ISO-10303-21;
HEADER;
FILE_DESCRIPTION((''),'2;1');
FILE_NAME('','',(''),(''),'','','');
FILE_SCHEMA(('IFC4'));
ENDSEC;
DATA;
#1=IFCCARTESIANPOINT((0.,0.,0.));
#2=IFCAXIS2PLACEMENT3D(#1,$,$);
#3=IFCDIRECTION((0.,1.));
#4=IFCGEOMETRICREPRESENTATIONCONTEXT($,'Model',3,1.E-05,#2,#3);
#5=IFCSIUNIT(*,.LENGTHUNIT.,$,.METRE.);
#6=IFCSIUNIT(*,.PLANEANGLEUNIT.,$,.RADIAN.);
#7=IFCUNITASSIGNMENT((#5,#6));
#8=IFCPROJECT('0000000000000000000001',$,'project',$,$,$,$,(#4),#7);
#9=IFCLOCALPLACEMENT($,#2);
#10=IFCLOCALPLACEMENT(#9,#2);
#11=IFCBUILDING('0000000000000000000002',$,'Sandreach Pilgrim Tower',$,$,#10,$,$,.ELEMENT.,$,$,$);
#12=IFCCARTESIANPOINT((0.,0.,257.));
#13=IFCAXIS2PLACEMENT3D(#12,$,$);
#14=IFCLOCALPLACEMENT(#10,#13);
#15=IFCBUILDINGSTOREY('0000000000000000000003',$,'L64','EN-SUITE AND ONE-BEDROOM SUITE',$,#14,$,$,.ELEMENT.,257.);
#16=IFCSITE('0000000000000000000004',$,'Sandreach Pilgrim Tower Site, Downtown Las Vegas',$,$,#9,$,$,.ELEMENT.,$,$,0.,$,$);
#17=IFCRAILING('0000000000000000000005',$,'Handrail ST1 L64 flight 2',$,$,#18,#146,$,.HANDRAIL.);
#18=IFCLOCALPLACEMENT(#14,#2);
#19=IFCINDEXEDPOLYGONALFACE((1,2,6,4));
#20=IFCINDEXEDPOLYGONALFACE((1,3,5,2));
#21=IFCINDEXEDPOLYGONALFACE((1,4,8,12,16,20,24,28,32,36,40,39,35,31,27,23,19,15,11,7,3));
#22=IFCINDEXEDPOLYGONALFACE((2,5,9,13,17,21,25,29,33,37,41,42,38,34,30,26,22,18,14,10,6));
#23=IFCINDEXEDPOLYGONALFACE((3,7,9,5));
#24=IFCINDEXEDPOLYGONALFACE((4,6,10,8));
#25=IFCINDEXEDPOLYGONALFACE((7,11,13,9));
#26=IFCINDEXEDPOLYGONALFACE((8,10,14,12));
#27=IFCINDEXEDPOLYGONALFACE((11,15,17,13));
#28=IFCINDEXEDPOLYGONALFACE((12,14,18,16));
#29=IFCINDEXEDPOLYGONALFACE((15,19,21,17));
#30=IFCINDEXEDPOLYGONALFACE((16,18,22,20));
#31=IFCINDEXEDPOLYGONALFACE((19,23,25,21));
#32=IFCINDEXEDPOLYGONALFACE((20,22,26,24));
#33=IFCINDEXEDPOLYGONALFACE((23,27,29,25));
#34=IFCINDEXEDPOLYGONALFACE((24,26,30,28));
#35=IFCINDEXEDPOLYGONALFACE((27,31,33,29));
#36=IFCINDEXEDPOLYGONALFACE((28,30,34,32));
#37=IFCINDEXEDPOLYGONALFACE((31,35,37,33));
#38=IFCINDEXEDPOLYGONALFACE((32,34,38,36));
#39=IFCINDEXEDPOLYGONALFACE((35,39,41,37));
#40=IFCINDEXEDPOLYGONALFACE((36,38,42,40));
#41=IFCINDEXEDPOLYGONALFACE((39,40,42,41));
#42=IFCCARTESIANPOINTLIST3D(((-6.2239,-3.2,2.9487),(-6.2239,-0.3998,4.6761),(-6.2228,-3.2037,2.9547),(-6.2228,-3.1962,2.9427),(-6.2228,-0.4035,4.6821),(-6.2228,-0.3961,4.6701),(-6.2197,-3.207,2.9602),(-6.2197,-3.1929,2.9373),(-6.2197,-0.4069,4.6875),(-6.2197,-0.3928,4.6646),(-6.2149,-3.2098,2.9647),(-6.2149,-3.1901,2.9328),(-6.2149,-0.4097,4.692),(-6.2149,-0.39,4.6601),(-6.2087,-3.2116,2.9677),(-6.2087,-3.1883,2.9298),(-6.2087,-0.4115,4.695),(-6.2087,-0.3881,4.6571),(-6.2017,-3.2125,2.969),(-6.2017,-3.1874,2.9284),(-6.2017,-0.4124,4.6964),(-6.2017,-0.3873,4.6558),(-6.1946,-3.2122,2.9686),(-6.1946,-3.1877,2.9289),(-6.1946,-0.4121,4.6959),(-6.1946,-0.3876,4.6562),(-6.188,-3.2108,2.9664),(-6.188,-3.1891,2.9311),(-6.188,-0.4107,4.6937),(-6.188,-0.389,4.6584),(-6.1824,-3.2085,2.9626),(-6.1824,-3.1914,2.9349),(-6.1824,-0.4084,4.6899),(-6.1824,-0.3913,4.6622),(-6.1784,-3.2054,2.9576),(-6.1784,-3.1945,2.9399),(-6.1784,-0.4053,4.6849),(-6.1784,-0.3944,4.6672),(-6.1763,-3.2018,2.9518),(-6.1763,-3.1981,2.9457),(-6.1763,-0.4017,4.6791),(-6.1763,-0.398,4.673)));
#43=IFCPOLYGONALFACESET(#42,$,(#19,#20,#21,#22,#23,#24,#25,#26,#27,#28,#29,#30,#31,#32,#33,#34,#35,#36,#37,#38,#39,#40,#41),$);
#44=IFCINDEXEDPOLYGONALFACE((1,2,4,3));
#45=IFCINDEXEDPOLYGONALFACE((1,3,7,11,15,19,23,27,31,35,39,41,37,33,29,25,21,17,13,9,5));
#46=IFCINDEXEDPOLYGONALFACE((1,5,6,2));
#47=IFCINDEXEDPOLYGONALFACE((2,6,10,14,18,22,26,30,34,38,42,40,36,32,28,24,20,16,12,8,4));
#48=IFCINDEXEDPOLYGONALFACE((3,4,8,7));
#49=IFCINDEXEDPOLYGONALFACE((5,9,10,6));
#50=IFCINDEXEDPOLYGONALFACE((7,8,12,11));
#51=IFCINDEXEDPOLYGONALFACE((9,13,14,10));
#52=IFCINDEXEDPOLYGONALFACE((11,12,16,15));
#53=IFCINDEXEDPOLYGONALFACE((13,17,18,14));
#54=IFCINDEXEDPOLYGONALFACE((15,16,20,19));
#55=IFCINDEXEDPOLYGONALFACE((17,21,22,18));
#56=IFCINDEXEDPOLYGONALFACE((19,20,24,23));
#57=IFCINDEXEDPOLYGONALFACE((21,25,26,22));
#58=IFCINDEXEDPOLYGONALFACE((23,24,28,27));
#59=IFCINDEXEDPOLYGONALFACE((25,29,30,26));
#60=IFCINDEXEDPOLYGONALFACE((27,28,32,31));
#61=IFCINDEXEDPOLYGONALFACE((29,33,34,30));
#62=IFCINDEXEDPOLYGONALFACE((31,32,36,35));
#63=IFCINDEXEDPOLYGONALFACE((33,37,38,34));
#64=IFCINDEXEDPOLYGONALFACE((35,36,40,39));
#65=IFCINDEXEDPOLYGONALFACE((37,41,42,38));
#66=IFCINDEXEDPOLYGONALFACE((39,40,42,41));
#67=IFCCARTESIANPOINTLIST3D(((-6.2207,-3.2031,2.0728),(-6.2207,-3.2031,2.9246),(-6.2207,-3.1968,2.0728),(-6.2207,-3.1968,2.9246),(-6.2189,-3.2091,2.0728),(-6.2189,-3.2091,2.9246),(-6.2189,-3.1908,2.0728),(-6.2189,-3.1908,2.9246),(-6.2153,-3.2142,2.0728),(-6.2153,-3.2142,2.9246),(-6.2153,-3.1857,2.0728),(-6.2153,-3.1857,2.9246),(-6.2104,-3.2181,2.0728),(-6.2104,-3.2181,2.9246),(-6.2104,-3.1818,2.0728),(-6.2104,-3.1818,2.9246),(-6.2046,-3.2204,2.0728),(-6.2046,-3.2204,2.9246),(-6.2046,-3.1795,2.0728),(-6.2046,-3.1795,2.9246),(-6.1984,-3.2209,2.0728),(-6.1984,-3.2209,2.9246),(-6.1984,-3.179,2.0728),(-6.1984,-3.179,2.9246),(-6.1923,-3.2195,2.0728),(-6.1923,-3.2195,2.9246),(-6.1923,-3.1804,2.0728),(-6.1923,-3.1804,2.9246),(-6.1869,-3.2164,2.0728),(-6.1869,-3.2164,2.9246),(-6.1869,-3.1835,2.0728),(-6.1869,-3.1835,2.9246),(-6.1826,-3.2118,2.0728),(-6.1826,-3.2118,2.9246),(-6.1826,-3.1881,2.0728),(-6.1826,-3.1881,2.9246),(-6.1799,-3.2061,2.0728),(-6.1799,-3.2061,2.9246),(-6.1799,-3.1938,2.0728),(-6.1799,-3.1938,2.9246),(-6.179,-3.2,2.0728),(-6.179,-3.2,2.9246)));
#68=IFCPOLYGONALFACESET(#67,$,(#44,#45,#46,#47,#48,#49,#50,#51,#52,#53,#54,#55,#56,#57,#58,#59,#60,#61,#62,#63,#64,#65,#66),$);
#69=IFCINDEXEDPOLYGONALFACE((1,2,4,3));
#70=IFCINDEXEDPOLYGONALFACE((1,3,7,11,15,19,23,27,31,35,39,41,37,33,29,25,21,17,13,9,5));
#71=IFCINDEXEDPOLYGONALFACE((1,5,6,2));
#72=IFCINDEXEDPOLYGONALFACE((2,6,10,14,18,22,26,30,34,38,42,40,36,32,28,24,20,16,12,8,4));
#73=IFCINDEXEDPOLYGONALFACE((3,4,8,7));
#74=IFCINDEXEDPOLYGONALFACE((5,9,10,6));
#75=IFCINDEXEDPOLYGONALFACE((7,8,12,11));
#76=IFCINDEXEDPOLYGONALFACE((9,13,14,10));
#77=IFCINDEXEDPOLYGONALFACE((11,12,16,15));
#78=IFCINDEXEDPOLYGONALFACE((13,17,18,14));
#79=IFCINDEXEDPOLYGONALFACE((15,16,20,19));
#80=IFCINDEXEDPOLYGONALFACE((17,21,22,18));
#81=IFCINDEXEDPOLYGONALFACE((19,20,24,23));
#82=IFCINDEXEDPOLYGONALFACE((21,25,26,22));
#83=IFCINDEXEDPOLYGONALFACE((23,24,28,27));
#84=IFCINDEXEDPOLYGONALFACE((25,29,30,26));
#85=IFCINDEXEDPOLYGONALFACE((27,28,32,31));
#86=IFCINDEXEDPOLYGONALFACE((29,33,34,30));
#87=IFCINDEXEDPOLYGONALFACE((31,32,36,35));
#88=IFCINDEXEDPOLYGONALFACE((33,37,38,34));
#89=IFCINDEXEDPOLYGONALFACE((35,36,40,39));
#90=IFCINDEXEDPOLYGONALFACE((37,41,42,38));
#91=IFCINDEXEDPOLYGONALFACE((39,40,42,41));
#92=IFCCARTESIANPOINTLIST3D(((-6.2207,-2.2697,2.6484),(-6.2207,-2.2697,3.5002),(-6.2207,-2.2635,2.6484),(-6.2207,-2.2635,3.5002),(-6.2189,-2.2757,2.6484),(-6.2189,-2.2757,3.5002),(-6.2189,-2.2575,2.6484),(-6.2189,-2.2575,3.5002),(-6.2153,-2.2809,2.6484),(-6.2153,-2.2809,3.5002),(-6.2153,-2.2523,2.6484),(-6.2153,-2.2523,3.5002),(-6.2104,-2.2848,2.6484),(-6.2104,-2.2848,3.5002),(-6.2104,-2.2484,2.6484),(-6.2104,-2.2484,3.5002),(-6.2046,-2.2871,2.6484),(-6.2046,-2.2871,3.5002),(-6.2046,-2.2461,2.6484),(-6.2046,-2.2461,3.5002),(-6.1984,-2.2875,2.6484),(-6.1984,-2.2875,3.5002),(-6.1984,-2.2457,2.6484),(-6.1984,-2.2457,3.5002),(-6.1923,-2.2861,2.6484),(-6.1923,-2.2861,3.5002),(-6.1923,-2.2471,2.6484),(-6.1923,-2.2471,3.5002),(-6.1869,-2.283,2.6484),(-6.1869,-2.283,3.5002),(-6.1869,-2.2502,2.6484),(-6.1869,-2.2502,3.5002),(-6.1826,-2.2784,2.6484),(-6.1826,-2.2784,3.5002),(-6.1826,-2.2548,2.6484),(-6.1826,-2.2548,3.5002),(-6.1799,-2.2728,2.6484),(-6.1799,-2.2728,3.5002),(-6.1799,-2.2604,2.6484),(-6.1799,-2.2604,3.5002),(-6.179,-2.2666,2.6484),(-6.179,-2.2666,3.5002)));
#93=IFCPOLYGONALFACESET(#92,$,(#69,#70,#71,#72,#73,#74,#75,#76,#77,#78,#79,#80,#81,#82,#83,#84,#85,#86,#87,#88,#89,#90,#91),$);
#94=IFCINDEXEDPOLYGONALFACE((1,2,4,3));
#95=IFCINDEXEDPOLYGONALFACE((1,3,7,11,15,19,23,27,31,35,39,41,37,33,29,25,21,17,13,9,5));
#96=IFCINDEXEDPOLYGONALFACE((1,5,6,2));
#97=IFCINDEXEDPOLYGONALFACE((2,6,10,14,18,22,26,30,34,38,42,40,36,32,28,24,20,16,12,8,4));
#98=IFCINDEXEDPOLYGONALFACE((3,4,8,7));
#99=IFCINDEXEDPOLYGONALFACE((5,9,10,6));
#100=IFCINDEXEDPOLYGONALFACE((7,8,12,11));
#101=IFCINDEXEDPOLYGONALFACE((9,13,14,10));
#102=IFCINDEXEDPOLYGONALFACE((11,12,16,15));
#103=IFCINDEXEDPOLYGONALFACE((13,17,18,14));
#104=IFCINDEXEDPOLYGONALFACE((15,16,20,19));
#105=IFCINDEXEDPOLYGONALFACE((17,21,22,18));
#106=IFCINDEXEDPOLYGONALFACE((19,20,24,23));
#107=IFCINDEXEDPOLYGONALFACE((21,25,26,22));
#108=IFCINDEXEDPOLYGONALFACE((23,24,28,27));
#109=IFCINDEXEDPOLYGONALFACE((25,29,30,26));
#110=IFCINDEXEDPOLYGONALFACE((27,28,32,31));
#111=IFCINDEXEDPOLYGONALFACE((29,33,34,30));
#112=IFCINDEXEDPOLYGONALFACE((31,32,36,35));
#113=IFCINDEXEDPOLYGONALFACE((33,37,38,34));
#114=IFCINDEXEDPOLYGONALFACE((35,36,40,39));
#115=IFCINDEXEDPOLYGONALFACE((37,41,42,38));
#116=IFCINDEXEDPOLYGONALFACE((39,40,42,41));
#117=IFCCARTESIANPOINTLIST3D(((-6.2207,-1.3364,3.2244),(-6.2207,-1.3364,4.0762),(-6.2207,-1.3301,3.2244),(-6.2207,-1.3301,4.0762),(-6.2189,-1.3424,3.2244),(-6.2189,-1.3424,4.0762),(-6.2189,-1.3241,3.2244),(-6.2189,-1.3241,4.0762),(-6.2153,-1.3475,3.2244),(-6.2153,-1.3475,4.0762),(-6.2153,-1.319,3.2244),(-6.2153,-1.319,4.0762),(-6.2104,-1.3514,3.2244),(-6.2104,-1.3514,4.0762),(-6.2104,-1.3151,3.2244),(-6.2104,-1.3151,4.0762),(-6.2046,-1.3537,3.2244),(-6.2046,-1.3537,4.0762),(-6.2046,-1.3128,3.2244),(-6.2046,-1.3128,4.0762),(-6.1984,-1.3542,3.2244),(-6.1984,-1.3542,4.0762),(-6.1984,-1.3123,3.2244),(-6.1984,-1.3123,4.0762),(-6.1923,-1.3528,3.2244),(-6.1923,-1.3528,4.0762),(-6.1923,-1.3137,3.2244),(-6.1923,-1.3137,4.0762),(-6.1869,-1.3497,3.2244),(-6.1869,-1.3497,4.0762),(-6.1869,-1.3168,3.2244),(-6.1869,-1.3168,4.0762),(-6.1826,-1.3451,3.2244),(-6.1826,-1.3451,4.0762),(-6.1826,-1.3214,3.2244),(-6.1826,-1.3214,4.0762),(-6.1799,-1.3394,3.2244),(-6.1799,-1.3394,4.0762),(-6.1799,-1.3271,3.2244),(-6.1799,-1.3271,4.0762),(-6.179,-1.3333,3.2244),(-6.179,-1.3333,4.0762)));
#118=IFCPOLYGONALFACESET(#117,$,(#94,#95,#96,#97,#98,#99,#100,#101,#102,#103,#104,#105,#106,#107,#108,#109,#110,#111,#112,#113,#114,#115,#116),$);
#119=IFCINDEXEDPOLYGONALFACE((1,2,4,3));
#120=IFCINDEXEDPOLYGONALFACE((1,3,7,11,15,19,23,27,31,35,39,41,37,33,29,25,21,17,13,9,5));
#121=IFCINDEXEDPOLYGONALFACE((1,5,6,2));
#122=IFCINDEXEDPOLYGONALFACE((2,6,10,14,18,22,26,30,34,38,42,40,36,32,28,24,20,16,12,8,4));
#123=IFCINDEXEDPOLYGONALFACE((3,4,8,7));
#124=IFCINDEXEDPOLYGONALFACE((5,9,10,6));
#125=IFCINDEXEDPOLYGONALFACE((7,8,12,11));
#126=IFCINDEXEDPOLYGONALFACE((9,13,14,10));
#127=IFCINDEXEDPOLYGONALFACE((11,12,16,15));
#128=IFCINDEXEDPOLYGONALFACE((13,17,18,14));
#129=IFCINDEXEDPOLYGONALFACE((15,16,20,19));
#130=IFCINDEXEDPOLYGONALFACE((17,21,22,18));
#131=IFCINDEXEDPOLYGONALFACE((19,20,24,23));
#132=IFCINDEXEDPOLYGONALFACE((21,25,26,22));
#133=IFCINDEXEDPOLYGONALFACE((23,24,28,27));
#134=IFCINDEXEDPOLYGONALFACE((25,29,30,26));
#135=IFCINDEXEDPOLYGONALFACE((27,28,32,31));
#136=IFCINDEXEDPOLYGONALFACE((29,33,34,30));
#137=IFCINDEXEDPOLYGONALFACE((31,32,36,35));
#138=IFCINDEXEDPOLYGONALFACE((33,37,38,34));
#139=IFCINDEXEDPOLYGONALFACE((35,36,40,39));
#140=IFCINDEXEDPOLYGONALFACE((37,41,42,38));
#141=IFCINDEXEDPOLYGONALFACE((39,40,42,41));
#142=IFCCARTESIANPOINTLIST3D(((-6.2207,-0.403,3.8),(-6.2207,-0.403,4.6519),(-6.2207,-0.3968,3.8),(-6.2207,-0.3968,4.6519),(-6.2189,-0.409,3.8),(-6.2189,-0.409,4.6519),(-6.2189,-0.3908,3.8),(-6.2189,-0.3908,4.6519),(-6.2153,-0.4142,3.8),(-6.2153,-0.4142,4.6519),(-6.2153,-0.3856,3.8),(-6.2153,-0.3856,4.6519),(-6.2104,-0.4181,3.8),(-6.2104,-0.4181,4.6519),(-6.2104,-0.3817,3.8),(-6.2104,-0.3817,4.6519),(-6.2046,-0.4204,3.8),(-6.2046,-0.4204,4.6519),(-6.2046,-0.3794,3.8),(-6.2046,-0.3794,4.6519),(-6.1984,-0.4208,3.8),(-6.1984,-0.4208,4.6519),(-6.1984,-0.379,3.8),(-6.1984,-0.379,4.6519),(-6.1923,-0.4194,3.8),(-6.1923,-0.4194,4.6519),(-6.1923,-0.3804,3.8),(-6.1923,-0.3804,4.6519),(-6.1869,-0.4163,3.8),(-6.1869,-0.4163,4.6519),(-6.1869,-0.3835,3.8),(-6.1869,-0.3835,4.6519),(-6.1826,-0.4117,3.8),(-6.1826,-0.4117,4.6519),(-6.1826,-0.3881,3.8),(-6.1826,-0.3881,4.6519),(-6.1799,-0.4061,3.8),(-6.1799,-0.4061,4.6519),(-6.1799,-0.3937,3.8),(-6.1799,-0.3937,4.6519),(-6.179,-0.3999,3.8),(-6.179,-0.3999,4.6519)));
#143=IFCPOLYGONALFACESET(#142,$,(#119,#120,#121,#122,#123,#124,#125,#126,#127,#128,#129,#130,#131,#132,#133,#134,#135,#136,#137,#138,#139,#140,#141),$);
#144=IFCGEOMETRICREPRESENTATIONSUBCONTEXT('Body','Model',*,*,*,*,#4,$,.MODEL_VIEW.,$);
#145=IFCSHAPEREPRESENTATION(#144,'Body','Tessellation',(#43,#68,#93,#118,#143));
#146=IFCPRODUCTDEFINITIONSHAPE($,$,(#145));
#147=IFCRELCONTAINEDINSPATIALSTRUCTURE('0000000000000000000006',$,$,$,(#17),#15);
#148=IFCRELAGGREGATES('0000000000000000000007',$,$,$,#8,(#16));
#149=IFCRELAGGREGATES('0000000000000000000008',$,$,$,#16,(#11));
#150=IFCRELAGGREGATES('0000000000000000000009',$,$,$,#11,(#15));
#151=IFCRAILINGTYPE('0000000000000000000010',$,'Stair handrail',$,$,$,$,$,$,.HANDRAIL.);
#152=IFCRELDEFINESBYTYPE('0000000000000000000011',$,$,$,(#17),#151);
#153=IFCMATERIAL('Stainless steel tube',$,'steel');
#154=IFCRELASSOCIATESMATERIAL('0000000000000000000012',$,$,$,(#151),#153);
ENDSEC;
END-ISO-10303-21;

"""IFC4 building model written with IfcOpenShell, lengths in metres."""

from ifc_helpers import new_model, si_unit, direction, frame, origin, origin_2d, place, context, subcontext, project, spatial, circle, extrude, material, type_object, element, save


model = new_model("IFC4")

# Units and contexts
model_context = context("Model", 3, precision=1e-05, world=origin(), true_north=direction((0.0, 1.0)))
body_context = subcontext(model_context, "Body", "Model", "MODEL_VIEW")
ifc_project = project(units=[si_unit("LENGTHUNIT", "METRE"), si_unit("PLANEANGLEUNIT", "RADIAN")], contexts=[model_context])

# Site, building, storey
site_placement = place(None, origin())
site = spatial("IfcSite", under=ifc_project, at=site_placement, Name="Sandreach Pilgrim Tower Site, Downtown Las Vegas", CompositionType="ELEMENT", RefElevation=0.0)
building_placement = place(site_placement, origin())
building = spatial("IfcBuilding", under=site, at=building_placement, Name="Sandreach Pilgrim Tower", CompositionType="ELEMENT")
storey_placement = place(building_placement, frame((0.0, 0.0, 257.0)))
storey = spatial("IfcBuildingStorey", under=building, at=storey_placement, Name="L64", Description="EN-SUITE AND ONE-BEDROOM SUITE", CompositionType="ELEMENT", Elevation=257.0)

# Railing
ifc_material_1 = material(Name="Stainless steel tube", Category="steel")
railing_type = type_object("IfcRailingType", Name="Stair handrail", PredefinedType="HANDRAIL", material=ifc_material_1)
for number, where, name in (
    (1, (-6.2, -3.2, 2.0728), "Handrail ST1 L64 flight 2"),
):
    element("IfcRailing", number, at=place(storey_placement, frame(where)), inside=storey, type_object=railing_type, Name=name, PredefinedType="HANDRAIL", context=body_context, shape_type="SweptSolid", body=[
        extrude(circle(Radius=0.0239, at=origin_2d()), frame((0.0, 0.0, 0.876), z_axis=(0.0, 0.85109, 0.52502), x_axis=(-1.0, 0.0, 0.0)), (0.0, 0.0, 1.0), 3.29),
        extrude(circle(Radius=0.021, at=origin_2d()), origin(), (0.0, 0.0, 1.0), 0.8518),
        extrude(circle(Radius=0.021, at=origin_2d()), frame((0.0, 0.9333, 0.5757)), (0.0, 0.0, 1.0), 0.8518),
        extrude(circle(Radius=0.021, at=origin_2d()), frame((0.0, 1.8667, 1.1516)), (0.0, 0.0, 1.0), 0.8518),
        extrude(circle(Radius=0.021, at=origin_2d()), frame((0.0, 2.8, 1.7273)), (0.0, 0.0, 1.0), 0.8518),
    ])

save(model, "model.ifc")
